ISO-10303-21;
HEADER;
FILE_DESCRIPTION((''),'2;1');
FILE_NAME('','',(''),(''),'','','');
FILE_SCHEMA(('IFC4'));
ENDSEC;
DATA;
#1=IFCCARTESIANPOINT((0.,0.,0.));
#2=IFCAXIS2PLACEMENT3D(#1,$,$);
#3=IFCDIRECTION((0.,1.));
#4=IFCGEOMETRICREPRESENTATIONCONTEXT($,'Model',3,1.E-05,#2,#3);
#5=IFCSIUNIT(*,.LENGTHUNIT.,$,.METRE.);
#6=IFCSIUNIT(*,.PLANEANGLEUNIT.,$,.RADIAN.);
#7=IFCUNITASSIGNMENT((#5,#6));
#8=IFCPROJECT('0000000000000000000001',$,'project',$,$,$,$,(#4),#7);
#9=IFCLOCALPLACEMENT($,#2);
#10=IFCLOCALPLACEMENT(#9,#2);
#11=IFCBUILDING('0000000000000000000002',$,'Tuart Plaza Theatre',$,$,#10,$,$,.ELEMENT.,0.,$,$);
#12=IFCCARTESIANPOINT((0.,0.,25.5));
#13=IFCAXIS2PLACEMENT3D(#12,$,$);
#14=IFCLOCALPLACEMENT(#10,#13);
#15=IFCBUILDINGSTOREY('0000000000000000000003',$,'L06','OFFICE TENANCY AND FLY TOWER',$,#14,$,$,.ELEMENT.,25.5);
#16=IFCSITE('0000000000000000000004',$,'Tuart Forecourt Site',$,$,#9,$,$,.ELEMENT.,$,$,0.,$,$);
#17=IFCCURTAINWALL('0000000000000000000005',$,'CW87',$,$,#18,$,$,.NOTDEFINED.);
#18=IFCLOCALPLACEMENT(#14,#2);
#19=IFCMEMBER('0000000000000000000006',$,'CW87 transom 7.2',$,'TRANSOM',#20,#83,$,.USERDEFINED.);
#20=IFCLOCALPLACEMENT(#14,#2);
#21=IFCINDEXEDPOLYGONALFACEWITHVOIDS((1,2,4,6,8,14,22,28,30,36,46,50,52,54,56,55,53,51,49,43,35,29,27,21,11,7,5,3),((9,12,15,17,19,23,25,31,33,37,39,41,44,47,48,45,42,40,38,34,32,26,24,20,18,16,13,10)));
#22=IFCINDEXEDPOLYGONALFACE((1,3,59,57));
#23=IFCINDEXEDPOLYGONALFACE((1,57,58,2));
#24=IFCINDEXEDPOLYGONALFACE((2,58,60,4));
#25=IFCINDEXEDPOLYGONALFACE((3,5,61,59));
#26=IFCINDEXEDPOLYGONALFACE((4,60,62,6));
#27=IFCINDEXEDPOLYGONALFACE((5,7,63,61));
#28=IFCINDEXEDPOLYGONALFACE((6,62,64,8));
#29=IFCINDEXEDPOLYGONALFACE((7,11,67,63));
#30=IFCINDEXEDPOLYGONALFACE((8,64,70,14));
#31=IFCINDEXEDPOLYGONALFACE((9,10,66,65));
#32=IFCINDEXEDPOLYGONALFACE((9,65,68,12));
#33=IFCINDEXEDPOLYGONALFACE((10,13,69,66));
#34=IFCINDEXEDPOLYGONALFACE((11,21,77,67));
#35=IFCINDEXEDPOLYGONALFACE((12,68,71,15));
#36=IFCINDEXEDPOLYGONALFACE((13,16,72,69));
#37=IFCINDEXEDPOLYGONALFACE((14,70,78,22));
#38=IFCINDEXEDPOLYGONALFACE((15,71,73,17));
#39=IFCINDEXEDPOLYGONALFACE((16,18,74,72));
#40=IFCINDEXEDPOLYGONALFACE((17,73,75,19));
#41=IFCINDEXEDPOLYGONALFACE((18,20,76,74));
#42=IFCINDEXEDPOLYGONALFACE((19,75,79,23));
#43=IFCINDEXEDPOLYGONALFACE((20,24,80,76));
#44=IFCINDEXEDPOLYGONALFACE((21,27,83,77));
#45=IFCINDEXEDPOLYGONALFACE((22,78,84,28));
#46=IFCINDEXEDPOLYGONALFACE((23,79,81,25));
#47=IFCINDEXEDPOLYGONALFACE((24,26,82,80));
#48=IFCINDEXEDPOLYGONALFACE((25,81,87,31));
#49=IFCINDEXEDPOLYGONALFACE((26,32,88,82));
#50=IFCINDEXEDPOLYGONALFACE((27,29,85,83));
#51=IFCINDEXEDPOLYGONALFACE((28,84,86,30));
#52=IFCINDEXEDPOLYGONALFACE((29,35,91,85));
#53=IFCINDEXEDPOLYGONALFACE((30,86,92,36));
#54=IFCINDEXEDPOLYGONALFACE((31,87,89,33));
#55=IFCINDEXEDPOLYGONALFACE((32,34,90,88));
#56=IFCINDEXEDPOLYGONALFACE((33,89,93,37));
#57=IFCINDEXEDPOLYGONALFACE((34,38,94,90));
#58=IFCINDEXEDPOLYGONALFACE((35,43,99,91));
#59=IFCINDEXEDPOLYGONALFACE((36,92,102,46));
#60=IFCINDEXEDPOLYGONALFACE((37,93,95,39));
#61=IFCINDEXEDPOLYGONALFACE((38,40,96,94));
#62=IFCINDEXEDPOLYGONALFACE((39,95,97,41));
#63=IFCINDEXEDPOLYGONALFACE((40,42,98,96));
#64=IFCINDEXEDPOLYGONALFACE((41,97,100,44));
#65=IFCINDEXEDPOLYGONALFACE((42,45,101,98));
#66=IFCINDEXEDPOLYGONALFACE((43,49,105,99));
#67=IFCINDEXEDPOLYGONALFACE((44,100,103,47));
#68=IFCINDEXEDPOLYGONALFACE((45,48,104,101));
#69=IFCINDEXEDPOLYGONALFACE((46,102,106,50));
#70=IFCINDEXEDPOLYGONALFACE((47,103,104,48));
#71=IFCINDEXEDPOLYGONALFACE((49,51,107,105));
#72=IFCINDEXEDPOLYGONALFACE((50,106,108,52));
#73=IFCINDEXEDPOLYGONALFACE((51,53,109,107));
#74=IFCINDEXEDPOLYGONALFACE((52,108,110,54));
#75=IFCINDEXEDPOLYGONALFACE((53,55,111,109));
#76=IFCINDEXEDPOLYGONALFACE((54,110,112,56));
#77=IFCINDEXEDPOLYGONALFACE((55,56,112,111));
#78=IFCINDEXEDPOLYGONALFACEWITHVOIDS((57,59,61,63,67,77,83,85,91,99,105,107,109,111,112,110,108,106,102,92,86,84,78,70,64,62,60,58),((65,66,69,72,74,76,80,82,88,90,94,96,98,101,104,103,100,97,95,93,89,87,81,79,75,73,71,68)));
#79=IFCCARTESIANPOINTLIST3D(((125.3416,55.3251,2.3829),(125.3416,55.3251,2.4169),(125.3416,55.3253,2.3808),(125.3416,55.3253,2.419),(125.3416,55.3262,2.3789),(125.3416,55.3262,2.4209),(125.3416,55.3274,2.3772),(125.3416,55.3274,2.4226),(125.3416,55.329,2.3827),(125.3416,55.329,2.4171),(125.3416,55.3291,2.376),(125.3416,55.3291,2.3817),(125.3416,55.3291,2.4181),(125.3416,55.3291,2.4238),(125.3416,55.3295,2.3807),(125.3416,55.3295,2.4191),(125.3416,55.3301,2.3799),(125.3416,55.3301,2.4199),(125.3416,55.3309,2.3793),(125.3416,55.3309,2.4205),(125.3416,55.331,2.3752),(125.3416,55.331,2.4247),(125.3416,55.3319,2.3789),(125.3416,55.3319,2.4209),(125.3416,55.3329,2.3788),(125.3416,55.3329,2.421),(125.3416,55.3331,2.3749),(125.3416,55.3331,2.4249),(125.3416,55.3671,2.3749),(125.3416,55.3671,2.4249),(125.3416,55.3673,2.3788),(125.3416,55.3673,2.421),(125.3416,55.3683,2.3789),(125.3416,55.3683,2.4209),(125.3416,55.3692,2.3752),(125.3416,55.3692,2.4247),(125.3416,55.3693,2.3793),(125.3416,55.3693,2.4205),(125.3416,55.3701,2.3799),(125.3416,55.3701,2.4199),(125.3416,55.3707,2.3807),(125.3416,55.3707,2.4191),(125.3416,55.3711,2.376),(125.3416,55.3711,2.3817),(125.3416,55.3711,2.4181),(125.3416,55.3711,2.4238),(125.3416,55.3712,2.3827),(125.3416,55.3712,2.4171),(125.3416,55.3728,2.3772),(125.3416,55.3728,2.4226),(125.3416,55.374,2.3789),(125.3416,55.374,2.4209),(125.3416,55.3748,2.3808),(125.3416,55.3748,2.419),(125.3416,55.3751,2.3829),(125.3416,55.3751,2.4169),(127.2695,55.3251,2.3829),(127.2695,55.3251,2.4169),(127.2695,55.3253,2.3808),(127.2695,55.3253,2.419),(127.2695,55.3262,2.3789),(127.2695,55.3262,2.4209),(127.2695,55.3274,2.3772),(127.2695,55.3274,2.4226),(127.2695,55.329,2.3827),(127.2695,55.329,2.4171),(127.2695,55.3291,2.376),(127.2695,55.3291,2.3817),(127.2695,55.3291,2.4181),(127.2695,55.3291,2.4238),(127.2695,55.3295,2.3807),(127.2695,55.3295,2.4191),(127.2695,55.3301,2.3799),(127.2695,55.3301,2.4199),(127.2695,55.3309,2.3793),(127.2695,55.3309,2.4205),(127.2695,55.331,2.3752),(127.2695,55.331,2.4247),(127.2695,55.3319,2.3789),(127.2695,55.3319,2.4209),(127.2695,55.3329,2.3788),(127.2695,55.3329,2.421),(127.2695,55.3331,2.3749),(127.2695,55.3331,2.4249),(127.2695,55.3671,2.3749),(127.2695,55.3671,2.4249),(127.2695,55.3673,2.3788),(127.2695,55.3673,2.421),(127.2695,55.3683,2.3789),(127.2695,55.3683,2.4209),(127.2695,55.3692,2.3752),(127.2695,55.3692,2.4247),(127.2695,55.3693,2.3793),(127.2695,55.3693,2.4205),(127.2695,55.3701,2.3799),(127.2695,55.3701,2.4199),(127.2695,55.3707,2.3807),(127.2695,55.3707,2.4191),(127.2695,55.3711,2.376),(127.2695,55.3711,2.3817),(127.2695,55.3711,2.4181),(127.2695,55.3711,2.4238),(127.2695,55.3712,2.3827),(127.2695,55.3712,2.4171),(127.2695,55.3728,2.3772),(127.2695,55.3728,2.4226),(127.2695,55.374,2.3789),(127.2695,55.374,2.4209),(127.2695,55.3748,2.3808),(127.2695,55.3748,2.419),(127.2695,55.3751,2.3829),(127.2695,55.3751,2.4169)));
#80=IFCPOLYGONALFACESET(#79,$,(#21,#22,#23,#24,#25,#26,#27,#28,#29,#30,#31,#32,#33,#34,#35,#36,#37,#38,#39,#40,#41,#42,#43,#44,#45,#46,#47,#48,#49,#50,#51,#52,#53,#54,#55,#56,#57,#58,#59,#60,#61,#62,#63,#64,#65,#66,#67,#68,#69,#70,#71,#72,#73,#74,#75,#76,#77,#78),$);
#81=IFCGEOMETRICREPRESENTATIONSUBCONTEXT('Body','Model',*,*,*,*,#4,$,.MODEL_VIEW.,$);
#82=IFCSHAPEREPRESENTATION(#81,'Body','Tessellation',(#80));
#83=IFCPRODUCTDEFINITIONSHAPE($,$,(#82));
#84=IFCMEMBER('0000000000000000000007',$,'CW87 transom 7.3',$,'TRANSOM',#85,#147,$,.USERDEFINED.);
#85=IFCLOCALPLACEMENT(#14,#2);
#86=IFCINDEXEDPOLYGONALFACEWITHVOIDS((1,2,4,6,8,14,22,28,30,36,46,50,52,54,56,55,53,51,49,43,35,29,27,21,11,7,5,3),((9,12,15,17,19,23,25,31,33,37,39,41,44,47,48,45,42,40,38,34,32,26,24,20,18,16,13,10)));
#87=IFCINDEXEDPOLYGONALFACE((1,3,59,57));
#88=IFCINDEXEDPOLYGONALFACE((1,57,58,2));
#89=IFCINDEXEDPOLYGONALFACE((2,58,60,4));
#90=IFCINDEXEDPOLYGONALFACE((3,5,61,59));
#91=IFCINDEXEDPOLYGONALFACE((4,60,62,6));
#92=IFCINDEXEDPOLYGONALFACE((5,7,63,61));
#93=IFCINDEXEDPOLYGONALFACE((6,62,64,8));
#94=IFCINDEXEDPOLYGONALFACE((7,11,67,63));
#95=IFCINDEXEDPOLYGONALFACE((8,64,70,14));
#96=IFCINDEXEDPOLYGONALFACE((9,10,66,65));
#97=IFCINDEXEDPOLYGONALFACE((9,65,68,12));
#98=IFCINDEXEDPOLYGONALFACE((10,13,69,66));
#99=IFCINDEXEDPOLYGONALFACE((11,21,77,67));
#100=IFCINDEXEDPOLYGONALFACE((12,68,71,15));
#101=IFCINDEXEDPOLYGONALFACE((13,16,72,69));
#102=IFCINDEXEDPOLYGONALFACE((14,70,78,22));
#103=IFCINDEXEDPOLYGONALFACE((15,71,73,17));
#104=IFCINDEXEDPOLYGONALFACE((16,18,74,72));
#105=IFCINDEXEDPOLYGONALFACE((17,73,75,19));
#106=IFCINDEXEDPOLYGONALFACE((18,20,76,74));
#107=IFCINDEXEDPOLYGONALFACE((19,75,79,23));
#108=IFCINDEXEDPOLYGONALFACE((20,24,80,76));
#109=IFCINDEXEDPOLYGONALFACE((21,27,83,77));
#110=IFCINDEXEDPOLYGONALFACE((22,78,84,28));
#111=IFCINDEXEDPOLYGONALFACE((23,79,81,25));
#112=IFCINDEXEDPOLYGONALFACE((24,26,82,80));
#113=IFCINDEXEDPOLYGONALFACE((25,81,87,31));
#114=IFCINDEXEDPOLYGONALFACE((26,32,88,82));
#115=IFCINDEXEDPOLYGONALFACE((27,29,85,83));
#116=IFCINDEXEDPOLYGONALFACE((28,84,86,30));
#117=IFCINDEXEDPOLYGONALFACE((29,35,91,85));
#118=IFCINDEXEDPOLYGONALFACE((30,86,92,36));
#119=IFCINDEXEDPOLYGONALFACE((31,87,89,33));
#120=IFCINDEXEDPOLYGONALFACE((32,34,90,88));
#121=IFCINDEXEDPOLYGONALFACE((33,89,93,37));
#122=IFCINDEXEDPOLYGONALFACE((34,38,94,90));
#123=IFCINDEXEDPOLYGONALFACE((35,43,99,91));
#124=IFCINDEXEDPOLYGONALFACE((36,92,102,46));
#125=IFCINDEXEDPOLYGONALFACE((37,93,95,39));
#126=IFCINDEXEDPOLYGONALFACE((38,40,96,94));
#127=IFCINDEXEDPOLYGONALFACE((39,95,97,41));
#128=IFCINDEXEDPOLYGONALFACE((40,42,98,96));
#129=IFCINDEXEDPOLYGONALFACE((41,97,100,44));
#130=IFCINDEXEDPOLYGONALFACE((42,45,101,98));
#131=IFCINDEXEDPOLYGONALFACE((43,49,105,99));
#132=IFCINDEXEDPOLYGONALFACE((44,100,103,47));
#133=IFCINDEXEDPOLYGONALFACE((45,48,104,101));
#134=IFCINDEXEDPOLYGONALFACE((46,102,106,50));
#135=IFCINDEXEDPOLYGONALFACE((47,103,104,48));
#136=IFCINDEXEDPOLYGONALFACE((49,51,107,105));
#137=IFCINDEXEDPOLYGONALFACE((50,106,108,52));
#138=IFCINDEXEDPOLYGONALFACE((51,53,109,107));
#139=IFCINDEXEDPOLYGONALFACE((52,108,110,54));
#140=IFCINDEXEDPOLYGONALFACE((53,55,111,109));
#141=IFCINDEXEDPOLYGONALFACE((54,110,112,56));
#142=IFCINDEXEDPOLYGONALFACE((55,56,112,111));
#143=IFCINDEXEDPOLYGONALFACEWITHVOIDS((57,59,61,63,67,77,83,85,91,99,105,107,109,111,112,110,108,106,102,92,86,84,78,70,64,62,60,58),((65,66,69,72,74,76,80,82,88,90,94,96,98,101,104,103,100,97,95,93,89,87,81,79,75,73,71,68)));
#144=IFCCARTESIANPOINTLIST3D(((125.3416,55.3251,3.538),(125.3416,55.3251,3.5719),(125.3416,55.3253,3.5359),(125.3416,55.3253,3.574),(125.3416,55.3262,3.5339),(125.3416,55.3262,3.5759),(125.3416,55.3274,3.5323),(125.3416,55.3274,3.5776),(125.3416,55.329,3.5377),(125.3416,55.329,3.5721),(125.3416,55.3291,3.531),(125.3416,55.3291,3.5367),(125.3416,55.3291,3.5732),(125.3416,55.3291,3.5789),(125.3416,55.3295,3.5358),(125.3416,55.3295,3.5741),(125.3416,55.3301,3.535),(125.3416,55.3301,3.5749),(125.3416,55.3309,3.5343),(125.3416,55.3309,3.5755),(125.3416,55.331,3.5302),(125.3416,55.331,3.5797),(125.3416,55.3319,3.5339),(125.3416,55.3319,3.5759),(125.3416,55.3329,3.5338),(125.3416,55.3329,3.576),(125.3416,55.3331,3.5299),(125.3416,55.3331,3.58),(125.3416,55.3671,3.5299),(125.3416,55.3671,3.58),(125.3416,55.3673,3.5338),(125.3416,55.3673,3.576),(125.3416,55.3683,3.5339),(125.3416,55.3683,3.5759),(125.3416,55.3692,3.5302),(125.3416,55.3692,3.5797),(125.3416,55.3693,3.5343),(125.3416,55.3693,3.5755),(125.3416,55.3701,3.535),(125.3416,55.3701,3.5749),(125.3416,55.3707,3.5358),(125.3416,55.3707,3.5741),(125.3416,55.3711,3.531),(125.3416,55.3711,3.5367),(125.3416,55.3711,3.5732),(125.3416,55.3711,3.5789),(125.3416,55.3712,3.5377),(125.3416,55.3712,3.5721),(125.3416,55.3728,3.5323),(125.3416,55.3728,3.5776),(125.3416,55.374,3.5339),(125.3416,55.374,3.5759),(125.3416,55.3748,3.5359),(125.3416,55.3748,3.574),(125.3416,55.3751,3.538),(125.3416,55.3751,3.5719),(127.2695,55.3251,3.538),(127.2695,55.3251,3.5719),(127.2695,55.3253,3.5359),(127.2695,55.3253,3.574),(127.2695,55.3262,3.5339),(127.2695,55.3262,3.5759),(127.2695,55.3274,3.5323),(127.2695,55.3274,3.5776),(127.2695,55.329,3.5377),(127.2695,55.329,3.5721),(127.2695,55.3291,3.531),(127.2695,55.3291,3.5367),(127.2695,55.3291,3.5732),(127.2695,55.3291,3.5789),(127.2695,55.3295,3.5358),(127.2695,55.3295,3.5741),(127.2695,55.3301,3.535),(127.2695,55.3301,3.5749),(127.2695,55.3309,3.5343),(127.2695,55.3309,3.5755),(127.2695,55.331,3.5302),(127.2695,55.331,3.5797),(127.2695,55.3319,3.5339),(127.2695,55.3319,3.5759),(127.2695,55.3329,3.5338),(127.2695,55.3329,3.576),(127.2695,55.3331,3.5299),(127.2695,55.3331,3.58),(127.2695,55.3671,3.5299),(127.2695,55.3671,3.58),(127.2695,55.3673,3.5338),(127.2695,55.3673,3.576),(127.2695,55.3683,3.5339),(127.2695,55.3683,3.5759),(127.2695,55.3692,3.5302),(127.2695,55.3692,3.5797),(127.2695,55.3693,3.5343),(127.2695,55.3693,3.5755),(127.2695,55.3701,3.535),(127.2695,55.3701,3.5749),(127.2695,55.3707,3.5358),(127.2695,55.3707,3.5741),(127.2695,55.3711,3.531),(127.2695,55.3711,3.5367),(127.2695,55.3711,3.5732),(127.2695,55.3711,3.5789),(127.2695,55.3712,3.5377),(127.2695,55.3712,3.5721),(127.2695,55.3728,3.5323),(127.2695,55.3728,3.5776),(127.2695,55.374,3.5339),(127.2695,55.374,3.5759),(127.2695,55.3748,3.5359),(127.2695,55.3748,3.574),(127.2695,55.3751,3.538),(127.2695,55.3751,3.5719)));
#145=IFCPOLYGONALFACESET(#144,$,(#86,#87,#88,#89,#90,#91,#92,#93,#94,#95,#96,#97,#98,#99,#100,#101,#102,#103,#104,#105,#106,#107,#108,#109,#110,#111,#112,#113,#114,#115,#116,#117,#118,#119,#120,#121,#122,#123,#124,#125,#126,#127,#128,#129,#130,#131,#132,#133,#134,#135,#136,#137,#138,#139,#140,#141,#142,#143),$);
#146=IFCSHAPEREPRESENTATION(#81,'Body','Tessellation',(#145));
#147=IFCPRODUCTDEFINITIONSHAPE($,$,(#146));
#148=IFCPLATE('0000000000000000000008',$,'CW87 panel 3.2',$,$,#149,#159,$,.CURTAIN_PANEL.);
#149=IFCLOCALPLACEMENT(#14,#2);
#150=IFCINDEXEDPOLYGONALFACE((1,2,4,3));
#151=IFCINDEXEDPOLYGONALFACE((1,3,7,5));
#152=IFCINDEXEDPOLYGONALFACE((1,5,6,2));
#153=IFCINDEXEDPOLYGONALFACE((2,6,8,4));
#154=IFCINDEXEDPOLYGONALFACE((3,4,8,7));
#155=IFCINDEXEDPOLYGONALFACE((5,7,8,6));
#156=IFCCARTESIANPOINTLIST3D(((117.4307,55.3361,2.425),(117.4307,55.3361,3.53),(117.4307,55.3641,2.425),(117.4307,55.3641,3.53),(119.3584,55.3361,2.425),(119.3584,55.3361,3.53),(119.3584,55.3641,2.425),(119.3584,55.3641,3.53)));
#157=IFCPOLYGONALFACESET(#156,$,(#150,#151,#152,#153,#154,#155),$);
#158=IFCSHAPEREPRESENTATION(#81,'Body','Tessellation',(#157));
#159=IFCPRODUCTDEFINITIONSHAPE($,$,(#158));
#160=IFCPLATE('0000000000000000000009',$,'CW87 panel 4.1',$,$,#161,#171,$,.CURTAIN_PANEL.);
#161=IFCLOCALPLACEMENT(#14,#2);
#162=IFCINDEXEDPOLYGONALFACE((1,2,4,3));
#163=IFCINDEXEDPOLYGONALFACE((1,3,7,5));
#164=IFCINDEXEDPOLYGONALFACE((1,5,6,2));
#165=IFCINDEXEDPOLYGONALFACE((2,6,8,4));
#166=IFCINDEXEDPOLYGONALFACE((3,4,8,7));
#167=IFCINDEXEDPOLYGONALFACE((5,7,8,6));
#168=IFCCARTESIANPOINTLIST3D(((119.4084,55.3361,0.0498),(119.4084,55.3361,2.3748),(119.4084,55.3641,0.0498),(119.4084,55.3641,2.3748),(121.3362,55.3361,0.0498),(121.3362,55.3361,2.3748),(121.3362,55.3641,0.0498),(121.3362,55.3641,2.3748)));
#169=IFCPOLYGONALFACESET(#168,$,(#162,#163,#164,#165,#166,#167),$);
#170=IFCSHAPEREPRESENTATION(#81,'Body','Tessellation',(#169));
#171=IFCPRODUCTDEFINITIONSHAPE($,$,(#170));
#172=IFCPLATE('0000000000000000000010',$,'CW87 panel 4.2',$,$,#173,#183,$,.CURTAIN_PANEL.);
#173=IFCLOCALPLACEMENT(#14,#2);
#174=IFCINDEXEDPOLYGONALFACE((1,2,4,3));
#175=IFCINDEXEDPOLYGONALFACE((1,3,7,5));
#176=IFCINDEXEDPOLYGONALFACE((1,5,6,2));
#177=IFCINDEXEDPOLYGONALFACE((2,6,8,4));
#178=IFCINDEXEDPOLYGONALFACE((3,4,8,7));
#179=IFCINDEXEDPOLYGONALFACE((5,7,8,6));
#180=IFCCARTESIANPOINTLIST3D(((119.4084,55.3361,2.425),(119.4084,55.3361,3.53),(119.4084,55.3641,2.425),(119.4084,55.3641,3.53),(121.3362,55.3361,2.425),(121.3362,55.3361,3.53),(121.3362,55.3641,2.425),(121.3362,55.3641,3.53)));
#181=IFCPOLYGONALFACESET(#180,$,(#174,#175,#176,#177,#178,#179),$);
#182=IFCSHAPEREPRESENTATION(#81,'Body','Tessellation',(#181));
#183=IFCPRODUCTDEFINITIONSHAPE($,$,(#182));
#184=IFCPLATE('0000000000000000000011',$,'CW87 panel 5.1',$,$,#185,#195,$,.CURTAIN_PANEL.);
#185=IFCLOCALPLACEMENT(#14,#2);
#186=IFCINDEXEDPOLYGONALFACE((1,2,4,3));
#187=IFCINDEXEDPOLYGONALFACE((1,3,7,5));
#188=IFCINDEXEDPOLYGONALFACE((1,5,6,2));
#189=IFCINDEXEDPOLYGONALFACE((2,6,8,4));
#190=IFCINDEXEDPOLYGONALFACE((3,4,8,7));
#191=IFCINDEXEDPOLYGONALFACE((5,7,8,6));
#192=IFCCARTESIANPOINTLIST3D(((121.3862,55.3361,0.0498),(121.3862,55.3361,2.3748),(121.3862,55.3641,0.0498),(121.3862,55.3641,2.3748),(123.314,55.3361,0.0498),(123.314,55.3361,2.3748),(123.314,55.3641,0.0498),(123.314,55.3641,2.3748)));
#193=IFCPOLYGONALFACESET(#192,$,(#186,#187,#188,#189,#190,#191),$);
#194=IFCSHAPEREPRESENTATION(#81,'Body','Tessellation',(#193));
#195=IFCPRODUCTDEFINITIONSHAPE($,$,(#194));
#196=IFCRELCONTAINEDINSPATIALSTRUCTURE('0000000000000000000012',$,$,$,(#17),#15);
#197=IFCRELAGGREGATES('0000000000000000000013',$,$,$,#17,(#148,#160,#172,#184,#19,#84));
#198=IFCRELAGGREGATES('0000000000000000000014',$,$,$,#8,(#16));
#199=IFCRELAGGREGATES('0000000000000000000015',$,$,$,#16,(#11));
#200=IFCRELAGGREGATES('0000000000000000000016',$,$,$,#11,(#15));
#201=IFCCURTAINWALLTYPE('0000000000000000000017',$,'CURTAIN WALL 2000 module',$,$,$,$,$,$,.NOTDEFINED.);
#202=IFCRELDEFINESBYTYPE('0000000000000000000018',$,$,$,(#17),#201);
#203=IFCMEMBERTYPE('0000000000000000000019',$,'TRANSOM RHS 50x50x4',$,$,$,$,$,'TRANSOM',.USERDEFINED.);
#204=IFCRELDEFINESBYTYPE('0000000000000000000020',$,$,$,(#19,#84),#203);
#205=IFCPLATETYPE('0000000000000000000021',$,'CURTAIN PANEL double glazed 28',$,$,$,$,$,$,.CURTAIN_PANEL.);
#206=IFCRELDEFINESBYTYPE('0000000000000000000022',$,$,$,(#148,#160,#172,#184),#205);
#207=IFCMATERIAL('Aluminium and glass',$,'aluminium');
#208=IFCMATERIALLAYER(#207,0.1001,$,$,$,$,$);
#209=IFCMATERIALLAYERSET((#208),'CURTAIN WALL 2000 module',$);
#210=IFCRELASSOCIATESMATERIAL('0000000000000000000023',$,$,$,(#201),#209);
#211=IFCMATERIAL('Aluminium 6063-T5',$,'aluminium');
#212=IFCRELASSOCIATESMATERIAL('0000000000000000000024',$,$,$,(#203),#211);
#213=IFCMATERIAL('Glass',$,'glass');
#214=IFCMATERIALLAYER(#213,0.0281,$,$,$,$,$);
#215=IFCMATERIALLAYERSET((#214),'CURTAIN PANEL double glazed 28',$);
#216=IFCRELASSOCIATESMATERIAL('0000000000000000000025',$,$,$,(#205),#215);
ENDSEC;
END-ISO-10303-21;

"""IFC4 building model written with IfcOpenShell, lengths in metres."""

from ifc_helpers import new_model, si_unit, direction, frame, origin, origin_2d, place, context, subcontext, project, spatial, rectangle, hollow_rectangle, extrude, material, layer, layer_set, material_profile, profile_set, type_object, element, aggregate, save


model = new_model("IFC4")

# Units and contexts
model_context = context("Model", 3, precision=1e-05, world=origin(), true_north=direction((0.0, 1.0)))
body_context = subcontext(model_context, "Body", "Model", "MODEL_VIEW")
ifc_project = project(units=[si_unit("LENGTHUNIT", "METRE"), si_unit("PLANEANGLEUNIT", "RADIAN")], contexts=[model_context])

# Site, building, storey
site_placement = place(None, origin())
site = spatial("IfcSite", under=ifc_project, at=site_placement, Name="Tuart Forecourt Site", CompositionType="ELEMENT", RefElevation=0.0)
building_placement = place(site_placement, origin())
building = spatial("IfcBuilding", under=site, at=building_placement, Name="Tuart Plaza Theatre", CompositionType="ELEMENT", ElevationOfRefHeight=0.0)
storey_placement = place(building_placement, frame((0.0, 0.0, 25.5)))
storey = spatial("IfcBuildingStorey", under=building, at=storey_placement, Name="L06", Description="OFFICE TENANCY AND FLY TOWER", CompositionType="ELEMENT", Elevation=25.5)

# Curtain wall, members, plates
ifc_material_1 = material(Name="Aluminium and glass", Category="aluminium")
ifc_layer_1 = layer(ifc_material_1, 0.1001)
ifc_layer_set_1 = layer_set([ifc_layer_1], Name="CURTAIN WALL 2000 module")
curtain_wall_type = type_object("IfcCurtainWallType", Name="CURTAIN WALL 2000 module", PredefinedType="NOTDEFINED", material=ifc_layer_set_1)
curtain_wall_placement = place(storey_placement, origin())
curtain_wall = element("IfcCurtainWall", 1, at=curtain_wall_placement, inside=storey, type_object=curtain_wall_type, Name="CW87", PredefinedType="NOTDEFINED")
ifc_material_2 = material(Name="Aluminium 6063-T5", Category="aluminium")
ifc_material_profile_1 = material_profile(ifc_material_2, hollow_rectangle(XDim=0.05, YDim=0.05, WallThickness=0.0039, InnerFilletRadius=0.0039, OuterFilletRadius=0.0081, at=origin_2d()), Name="RHS 50x50x4")
ifc_profile_set_1 = profile_set([ifc_material_profile_1], Name="Aluminium 6063-T5")
member_type_1 = type_object("IfcMemberType", Name="TRANSOM RHS 50x50x4", ElementType="TRANSOM", PredefinedType="USERDEFINED", material=ifc_profile_set_1)
member_1_placement = place(storey_placement, frame((125.3416, 55.3501, 2.3999), z_axis=(1.0, 0.0, 0.0), x_axis=(0.0, 1.0, 0.0)))
member_1 = element("IfcMember", 2, at=member_1_placement, type_object=member_type_1, Name="CW87 transom 7.2", ObjectType="TRANSOM", PredefinedType="USERDEFINED", context=body_context, shape_type="SweptSolid", body=[
    extrude(hollow_rectangle(XDim=0.05, YDim=0.05, WallThickness=0.0039, InnerFilletRadius=0.0039, OuterFilletRadius=0.0081, at=origin_2d()), origin(), (0.0, 0.0, 1.0), 1.928),
])
member_2_placement = place(storey_placement, frame((125.3416, 55.3501, 3.5549), z_axis=(1.0, 0.0, 0.0), x_axis=(0.0, 1.0, 0.0)))
member_2 = element("IfcMember", 3, at=member_2_placement, type_object=member_type_1, Name="CW87 transom 7.3", ObjectType="TRANSOM", PredefinedType="USERDEFINED", context=body_context, shape_type="SweptSolid", body=[
    extrude(hollow_rectangle(XDim=0.05, YDim=0.05, WallThickness=0.0039, InnerFilletRadius=0.0039, OuterFilletRadius=0.0081, at=origin_2d()), origin(), (0.0, 0.0, 1.0), 1.928),
])
ifc_material_3 = material(Name="Glass", Category="glass")
ifc_layer_2 = layer(ifc_material_3, 0.0281)
ifc_layer_set_2 = layer_set([ifc_layer_2], Name="CURTAIN PANEL double glazed 28")
plate_type = type_object("IfcPlateType", Name="CURTAIN PANEL double glazed 28", PredefinedType="CURTAIN_PANEL", material=ifc_layer_set_2)
plate_1_placement = place(storey_placement, frame((118.3945, 55.3501, 2.425), z_axis=(0.0, 0.0, 1.0), x_axis=(1.0, 0.0, 0.0)))
plate_1 = element("IfcPlate", 4, at=plate_1_placement, type_object=plate_type, Name="CW87 panel 3.2", PredefinedType="CURTAIN_PANEL", context=body_context, shape_type="SweptSolid", body=[
    extrude(rectangle(XDim=1.9277, YDim=0.0281, at=origin_2d()), origin(), (0.0, 0.0, 1.0), 1.105),
])
plate_2_placement = place(storey_placement, frame((120.3723, 55.3501, 0.0498), z_axis=(0.0, 0.0, 1.0), x_axis=(1.0, 0.0, 0.0)))
plate_2 = element("IfcPlate", 5, at=plate_2_placement, type_object=plate_type, Name="CW87 panel 4.1", PredefinedType="CURTAIN_PANEL", context=body_context, shape_type="SweptSolid", body=[
    extrude(rectangle(XDim=1.9277, YDim=0.0281, at=origin_2d()), origin(), (0.0, 0.0, 1.0), 2.325),
])
plate_3_placement = place(storey_placement, frame((120.3723, 55.3501, 2.425), z_axis=(0.0, 0.0, 1.0), x_axis=(1.0, 0.0, 0.0)))
plate_3 = element("IfcPlate", 6, at=plate_3_placement, type_object=plate_type, Name="CW87 panel 4.2", PredefinedType="CURTAIN_PANEL", context=body_context, shape_type="SweptSolid", body=[
    extrude(rectangle(XDim=1.9277, YDim=0.0281, at=origin_2d()), origin(), (0.0, 0.0, 1.0), 1.105),
])
plate_4_placement = place(storey_placement, frame((122.3501, 55.3501, 0.0498), z_axis=(0.0, 0.0, 1.0), x_axis=(1.0, 0.0, 0.0)))
plate_4 = element("IfcPlate", 7, at=plate_4_placement, type_object=plate_type, Name="CW87 panel 5.1", PredefinedType="CURTAIN_PANEL", context=body_context, shape_type="SweptSolid", body=[
    extrude(rectangle(XDim=1.9277, YDim=0.0281, at=origin_2d()), origin(), (0.0, 0.0, 1.0), 2.325),
])
aggregate(curtain_wall, [plate_1, plate_2, plate_3, plate_4, member_1, member_2])

save(model, "model.ifc")
